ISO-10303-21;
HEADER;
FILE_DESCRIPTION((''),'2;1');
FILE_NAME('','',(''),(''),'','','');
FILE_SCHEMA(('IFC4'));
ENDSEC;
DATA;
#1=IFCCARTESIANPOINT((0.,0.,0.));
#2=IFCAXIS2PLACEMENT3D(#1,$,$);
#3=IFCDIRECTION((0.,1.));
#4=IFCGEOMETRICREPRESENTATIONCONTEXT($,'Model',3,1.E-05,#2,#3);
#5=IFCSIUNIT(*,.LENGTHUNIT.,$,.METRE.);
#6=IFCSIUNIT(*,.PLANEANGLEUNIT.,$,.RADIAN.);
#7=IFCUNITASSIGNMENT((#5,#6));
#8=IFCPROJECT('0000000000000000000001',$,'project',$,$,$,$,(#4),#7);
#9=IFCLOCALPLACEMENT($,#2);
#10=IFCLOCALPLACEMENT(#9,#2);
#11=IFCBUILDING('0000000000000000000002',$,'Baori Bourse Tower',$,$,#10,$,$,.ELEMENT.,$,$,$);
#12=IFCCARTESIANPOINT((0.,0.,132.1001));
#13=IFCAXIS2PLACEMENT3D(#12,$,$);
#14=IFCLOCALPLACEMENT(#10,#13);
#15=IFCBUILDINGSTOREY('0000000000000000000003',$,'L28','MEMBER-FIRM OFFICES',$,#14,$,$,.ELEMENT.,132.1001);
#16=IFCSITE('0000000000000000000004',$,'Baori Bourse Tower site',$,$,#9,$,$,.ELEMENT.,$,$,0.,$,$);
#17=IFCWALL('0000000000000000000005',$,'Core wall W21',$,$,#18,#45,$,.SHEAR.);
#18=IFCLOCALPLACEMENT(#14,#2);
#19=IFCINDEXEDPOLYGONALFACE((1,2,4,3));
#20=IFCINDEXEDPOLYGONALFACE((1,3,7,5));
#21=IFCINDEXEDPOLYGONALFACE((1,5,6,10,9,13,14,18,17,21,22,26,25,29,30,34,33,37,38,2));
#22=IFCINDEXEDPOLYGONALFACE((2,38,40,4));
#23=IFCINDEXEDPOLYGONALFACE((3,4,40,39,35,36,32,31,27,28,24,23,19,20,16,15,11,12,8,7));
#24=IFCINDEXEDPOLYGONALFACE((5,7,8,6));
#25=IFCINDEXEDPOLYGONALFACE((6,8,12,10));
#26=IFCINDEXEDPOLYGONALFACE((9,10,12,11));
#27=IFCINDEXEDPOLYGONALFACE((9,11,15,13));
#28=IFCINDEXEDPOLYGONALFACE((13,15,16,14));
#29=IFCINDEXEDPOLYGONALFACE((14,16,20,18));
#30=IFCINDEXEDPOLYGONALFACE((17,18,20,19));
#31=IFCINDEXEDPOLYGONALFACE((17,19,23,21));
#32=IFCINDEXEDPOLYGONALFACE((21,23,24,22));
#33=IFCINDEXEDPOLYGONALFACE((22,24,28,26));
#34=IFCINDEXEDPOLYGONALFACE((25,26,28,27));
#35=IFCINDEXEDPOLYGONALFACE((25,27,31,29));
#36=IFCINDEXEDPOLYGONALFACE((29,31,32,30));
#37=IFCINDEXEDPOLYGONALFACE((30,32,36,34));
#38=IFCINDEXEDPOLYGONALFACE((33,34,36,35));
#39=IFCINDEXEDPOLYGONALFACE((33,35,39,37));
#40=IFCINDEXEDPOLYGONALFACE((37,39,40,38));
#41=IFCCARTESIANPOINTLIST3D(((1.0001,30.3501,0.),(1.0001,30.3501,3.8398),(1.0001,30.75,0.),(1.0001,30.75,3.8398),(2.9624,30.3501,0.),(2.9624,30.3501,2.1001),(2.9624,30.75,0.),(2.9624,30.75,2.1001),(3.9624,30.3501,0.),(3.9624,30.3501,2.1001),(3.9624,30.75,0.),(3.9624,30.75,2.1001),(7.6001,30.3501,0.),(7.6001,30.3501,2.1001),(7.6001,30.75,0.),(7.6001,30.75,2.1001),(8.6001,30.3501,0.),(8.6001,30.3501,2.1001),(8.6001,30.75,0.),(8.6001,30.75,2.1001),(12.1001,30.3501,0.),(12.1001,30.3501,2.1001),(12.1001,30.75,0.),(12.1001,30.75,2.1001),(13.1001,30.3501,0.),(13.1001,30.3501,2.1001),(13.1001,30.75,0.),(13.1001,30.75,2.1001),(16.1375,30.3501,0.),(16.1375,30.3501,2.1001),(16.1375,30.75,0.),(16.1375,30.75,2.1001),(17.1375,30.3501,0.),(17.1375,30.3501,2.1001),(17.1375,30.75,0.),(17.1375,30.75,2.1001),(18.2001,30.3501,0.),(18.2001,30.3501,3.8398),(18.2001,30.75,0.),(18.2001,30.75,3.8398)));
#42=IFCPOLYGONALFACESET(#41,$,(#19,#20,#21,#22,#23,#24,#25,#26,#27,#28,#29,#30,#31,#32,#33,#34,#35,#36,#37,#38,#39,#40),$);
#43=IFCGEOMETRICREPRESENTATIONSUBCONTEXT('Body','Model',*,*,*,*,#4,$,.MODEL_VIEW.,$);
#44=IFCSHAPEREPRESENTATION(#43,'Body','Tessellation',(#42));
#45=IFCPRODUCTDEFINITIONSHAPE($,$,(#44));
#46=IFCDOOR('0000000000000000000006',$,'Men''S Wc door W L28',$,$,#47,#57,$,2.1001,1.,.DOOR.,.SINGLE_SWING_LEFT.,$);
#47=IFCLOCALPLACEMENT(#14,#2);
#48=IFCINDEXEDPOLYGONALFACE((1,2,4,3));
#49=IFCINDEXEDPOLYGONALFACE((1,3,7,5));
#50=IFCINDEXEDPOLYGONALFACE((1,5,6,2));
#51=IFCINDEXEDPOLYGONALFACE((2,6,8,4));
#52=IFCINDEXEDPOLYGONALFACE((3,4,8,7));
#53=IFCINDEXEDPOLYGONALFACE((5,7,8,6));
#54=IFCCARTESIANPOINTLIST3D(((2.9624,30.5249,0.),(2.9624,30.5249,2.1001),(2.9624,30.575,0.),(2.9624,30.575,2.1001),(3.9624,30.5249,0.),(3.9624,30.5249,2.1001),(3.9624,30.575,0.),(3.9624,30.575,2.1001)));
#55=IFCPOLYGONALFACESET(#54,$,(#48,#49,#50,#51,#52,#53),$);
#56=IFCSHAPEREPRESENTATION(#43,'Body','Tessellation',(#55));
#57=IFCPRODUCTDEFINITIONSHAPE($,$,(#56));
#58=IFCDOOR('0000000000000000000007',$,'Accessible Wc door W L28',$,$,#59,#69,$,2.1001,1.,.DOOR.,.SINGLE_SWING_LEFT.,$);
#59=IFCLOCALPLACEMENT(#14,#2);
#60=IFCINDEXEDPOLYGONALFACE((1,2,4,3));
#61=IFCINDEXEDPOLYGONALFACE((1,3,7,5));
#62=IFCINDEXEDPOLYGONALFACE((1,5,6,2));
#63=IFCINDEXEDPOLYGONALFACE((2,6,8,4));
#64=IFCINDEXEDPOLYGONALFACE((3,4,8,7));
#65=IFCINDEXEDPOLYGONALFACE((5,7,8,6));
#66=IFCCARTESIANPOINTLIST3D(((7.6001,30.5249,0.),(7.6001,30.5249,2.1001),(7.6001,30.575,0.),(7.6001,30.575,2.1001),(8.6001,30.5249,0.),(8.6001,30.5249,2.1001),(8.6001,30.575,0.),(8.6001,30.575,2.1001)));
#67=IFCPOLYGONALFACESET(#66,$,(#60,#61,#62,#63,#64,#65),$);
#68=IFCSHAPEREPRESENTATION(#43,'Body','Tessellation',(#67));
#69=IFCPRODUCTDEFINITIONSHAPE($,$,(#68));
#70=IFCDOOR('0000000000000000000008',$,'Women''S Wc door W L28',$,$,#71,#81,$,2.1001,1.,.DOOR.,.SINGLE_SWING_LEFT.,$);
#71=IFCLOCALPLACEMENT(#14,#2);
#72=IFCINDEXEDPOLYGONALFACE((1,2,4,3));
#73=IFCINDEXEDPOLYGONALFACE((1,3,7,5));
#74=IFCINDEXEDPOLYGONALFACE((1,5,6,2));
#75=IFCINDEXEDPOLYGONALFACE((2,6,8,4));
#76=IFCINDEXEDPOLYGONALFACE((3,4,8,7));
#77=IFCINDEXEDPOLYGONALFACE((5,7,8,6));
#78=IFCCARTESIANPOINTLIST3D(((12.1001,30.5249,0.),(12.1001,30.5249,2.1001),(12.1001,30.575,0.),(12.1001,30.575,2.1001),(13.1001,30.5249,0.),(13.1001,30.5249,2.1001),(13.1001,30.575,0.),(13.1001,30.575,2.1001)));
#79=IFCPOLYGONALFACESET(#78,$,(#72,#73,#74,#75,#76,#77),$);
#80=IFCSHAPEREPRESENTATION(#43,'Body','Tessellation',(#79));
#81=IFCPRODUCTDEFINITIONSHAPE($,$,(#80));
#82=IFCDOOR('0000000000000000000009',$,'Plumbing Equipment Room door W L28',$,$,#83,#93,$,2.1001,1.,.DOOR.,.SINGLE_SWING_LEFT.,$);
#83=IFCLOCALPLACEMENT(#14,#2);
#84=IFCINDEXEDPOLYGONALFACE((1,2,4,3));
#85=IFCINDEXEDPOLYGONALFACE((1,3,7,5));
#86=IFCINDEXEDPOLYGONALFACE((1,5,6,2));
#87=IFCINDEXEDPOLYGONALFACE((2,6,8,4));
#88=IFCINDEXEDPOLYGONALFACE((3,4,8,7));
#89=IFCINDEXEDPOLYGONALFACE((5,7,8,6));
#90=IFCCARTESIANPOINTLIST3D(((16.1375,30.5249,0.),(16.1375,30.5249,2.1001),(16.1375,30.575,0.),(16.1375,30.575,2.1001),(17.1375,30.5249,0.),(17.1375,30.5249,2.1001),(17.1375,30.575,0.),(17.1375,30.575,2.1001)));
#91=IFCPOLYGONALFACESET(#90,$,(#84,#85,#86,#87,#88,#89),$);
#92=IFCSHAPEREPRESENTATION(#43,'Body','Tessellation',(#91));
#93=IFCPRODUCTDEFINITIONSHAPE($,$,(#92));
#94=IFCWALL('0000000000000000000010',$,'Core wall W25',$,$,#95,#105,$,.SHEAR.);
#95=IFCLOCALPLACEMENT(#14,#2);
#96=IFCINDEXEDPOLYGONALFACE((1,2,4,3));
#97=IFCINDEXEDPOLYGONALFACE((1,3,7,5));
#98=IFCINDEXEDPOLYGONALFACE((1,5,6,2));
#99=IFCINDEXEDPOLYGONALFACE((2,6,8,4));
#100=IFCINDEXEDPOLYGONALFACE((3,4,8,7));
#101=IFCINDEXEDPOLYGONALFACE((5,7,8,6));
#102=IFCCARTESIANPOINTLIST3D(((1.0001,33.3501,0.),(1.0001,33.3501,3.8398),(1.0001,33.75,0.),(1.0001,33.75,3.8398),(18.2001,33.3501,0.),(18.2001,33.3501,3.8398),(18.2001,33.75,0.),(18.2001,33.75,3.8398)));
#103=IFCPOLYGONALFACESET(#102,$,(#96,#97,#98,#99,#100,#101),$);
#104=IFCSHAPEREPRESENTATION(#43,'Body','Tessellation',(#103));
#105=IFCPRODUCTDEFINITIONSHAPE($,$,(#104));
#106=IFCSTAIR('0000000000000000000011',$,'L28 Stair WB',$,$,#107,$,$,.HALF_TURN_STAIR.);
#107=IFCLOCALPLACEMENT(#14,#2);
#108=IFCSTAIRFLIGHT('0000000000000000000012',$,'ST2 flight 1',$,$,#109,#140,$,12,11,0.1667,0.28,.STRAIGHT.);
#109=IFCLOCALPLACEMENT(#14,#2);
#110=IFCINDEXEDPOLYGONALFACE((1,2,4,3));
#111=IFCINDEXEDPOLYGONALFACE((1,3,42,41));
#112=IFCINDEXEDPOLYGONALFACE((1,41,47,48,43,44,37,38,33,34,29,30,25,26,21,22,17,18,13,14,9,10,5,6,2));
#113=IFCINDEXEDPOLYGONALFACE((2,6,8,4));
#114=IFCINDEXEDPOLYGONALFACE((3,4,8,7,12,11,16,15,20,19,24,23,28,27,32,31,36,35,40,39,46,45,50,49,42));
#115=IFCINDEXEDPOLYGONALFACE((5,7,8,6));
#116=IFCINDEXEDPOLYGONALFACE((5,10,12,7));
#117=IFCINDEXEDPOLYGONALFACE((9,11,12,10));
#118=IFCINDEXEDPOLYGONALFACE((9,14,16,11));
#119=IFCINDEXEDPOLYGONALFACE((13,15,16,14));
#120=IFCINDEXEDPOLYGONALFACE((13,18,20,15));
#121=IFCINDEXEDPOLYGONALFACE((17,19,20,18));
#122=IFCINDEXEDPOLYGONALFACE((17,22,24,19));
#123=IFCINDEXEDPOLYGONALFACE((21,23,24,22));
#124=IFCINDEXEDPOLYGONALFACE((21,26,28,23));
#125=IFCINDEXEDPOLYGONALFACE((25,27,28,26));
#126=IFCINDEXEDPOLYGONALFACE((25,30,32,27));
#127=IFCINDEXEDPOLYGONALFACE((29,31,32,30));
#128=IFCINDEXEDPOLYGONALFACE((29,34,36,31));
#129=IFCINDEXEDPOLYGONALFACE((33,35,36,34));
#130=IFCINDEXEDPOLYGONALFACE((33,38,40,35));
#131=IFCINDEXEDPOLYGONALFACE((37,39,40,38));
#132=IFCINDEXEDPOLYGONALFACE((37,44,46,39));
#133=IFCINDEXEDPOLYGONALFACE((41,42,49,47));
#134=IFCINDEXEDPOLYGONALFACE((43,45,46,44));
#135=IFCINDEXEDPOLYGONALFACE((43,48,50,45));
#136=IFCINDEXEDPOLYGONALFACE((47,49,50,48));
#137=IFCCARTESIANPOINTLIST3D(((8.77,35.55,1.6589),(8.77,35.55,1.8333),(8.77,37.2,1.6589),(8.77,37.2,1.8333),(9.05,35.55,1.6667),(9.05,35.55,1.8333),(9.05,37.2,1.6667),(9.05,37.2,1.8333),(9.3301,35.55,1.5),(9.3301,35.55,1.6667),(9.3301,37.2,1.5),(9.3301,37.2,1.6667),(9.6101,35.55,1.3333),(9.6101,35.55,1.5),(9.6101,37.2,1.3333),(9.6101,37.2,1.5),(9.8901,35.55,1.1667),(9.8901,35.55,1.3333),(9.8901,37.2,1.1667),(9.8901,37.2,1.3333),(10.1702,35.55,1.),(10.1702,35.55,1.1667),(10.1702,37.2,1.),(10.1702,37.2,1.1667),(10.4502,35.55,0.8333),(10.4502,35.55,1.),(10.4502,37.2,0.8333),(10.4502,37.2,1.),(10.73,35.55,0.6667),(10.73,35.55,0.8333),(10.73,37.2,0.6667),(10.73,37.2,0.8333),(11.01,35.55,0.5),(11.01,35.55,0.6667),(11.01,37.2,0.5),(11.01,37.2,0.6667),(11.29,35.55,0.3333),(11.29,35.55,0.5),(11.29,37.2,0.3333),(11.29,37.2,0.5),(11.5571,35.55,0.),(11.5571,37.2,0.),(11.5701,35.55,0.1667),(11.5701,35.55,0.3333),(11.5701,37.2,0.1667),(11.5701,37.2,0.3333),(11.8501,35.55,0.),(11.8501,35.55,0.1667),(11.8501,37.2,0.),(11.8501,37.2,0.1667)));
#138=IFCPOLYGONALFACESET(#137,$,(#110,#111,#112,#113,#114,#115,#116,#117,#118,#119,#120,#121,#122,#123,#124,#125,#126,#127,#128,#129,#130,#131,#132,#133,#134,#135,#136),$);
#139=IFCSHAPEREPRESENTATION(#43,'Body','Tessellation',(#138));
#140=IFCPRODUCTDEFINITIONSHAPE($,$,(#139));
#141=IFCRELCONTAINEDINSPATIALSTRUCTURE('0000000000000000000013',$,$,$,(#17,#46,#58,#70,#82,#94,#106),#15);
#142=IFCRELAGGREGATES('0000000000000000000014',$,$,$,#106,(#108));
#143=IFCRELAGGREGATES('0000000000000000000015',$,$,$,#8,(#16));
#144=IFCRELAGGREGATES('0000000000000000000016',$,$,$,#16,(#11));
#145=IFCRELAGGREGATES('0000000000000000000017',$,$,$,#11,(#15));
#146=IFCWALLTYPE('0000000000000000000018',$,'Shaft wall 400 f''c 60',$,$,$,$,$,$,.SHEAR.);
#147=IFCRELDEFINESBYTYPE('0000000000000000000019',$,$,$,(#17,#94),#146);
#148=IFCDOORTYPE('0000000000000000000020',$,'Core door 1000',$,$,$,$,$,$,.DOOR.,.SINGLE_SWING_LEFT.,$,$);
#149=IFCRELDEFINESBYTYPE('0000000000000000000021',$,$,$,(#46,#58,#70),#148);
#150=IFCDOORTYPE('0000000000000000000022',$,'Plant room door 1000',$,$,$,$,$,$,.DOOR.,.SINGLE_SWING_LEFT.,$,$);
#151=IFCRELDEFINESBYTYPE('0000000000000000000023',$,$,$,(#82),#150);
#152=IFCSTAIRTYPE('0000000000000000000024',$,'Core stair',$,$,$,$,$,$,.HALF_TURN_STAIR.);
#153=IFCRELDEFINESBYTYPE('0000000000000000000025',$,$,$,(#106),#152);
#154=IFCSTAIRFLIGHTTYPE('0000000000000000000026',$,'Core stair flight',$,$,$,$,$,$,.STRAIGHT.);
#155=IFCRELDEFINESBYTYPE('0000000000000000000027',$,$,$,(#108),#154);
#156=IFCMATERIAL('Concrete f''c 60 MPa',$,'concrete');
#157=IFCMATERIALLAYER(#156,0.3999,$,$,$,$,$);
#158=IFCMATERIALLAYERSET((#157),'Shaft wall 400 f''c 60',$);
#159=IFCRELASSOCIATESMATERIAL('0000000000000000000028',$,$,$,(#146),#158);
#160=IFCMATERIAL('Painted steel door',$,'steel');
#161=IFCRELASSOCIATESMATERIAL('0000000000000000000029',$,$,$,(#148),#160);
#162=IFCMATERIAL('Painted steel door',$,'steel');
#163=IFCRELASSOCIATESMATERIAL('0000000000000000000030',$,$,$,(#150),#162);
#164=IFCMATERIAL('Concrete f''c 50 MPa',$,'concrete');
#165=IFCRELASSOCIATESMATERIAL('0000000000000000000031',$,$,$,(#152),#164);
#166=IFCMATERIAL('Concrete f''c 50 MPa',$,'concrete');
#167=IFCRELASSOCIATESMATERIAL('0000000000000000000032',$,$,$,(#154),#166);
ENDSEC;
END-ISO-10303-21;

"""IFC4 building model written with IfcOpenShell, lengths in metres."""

from ifc_helpers import new_model, si_unit, direction, frame, frame_2d, origin, place, context, subcontext, project, spatial, polyline, rectangle, outline, extrude, material, layer, layer_set, type_object, element, fill, aggregate, save


model = new_model("IFC4")

# Units and contexts
model_context = context("Model", 3, precision=1e-05, world=origin(), true_north=direction((0.0, 1.0)))
body_context = subcontext(model_context, "Body", "Model", "MODEL_VIEW")
ifc_project = project(units=[si_unit("LENGTHUNIT", "METRE"), si_unit("PLANEANGLEUNIT", "RADIAN")], contexts=[model_context])

# Site, building, storey
site_placement = place(None, origin())
site = spatial("IfcSite", under=ifc_project, at=site_placement, Name="Baori Bourse Tower site", CompositionType="ELEMENT", RefElevation=0.0)
building_placement = place(site_placement, origin())
building = spatial("IfcBuilding", under=site, at=building_placement, Name="Baori Bourse Tower", CompositionType="ELEMENT")
storey_placement = place(building_placement, frame((0.0, 0.0, 132.1001)))
storey = spatial("IfcBuildingStorey", under=building, at=storey_placement, Name="L28", Description="MEMBER-FIRM OFFICES", CompositionType="ELEMENT", Elevation=132.1001)

# Wall, openings, doors
ifc_material_1 = material(Name="Concrete f'c 60 MPa", Category="concrete")
ifc_layer_1 = layer(ifc_material_1, 0.3999)
ifc_layer_set_1 = layer_set([ifc_layer_1], Name="Shaft wall 400 f'c 60")
wall_type_1 = type_object("IfcWallType", Name="Shaft wall 400 f'c 60", PredefinedType="SHEAR", material=ifc_layer_set_1)
wall_1_placement = place(storey_placement, frame((1.0, 30.55, 0.0), z_axis=(0.0, 0.0, 1.0), x_axis=(1.0, 0.0, 0.0)))
wall_1 = element("IfcWall", 1, at=wall_1_placement, inside=storey, type_object=wall_type_1, Name="Core wall W21", PredefinedType="SHEAR", context=body_context, shape_type="SweptSolid", body=[
    extrude(rectangle(XDim=17.2, YDim=0.3999, at=frame_2d((8.6001, 0.0))), origin(), (0.0, 0.0, 1.0), 3.8398),
])
opening_1_placement = place(wall_1_placement, frame((1.9624, 0.0, 0.0)))
opening_1 = element("IfcOpeningElement", 2, at=opening_1_placement, cuts=wall_1, PredefinedType="OPENING", context=body_context, shape_type="SweptSolid", body=[
    extrude(rectangle(XDim=1.0, YDim=2.1001, at=frame_2d((0.5, 1.05))), frame((0.0, 0.21, 0.0), z_axis=(0.0, -1.0, 0.0), x_axis=(1.0, 0.0, 0.0)), (0.0, 0.0, 1.0), 0.4199),
])
opening_2_placement = place(wall_1_placement, frame((6.6001, 0.0, 0.0)))
opening_2 = element("IfcOpeningElement", 3, at=opening_2_placement, cuts=wall_1, PredefinedType="OPENING", context=body_context, shape_type="SweptSolid", body=[
    extrude(rectangle(XDim=1.0, YDim=2.1001, at=frame_2d((0.5, 1.05))), frame((0.0, 0.21, 0.0), z_axis=(0.0, -1.0, 0.0), x_axis=(1.0, 0.0, 0.0)), (0.0, 0.0, 1.0), 0.4199),
])
opening_3_placement = place(wall_1_placement, frame((11.1001, 0.0, 0.0)))
opening_3 = element("IfcOpeningElement", 4, at=opening_3_placement, cuts=wall_1, PredefinedType="OPENING", context=body_context, shape_type="SweptSolid", body=[
    extrude(rectangle(XDim=1.0, YDim=2.1001, at=frame_2d((0.5, 1.05))), frame((0.0, 0.21, 0.0), z_axis=(0.0, -1.0, 0.0), x_axis=(1.0, 0.0, 0.0)), (0.0, 0.0, 1.0), 0.4199),
])
opening_4_placement = place(wall_1_placement, frame((15.1375, 0.0, 0.0)))
opening_4 = element("IfcOpeningElement", 5, at=opening_4_placement, cuts=wall_1, PredefinedType="OPENING", context=body_context, shape_type="SweptSolid", body=[
    extrude(rectangle(XDim=1.0, YDim=2.1001, at=frame_2d((0.5, 1.05))), frame((0.0, 0.21, 0.0), z_axis=(0.0, -1.0, 0.0), x_axis=(1.0, 0.0, 0.0)), (0.0, 0.0, 1.0), 0.4199),
])
ifc_material_2 = material(Name="Painted steel door", Category="steel")
door_type_1 = type_object("IfcDoorType", Name="Core door 1000", OperationType="SINGLE_SWING_LEFT", PredefinedType="DOOR", material=ifc_material_2)
door_1_placement = place(opening_1_placement, origin())
door_1 = element("IfcDoor", 6, at=door_1_placement, inside=storey, type_object=door_type_1, Name="Men'S Wc door W L28", OperationType="SINGLE_SWING_LEFT", OverallHeight=2.1001, OverallWidth=1.0, PredefinedType="DOOR", context=body_context, shape_type="SweptSolid", body=[
    extrude(rectangle(XDim=1.0, YDim=2.1001, at=frame_2d((0.5, 1.05))), frame((0.0, 0.0249, 0.0), z_axis=(0.0, -1.0, 0.0), x_axis=(1.0, 0.0, 0.0)), (0.0, 0.0, 1.0), 0.05),
])
fill(opening_1, door_1)
door_2_placement = place(opening_2_placement, origin())
door_2 = element("IfcDoor", 7, at=door_2_placement, inside=storey, type_object=door_type_1, Name="Accessible Wc door W L28", OperationType="SINGLE_SWING_LEFT", OverallHeight=2.1001, OverallWidth=1.0, PredefinedType="DOOR", context=body_context, shape_type="SweptSolid", body=[
    extrude(rectangle(XDim=1.0, YDim=2.1001, at=frame_2d((0.5, 1.05))), frame((0.0, 0.0249, 0.0), z_axis=(0.0, -1.0, 0.0), x_axis=(1.0, 0.0, 0.0)), (0.0, 0.0, 1.0), 0.05),
])
fill(opening_2, door_2)
door_3_placement = place(opening_3_placement, origin())
door_3 = element("IfcDoor", 8, at=door_3_placement, inside=storey, type_object=door_type_1, Name="Women'S Wc door W L28", OperationType="SINGLE_SWING_LEFT", OverallHeight=2.1001, OverallWidth=1.0, PredefinedType="DOOR", context=body_context, shape_type="SweptSolid", body=[
    extrude(rectangle(XDim=1.0, YDim=2.1001, at=frame_2d((0.5, 1.05))), frame((0.0, 0.0249, 0.0), z_axis=(0.0, -1.0, 0.0), x_axis=(1.0, 0.0, 0.0)), (0.0, 0.0, 1.0), 0.05),
])
fill(opening_3, door_3)
ifc_material_3 = material(Name="Painted steel door", Category="steel")
door_type_2 = type_object("IfcDoorType", Name="Plant room door 1000", OperationType="SINGLE_SWING_LEFT", PredefinedType="DOOR", material=ifc_material_3)
door_4_placement = place(opening_4_placement, origin())
door_4 = element("IfcDoor", 9, at=door_4_placement, inside=storey, type_object=door_type_2, Name="Plumbing Equipment Room door W L28", OperationType="SINGLE_SWING_LEFT", OverallHeight=2.1001, OverallWidth=1.0, PredefinedType="DOOR", context=body_context, shape_type="SweptSolid", body=[
    extrude(rectangle(XDim=1.0, YDim=2.1001, at=frame_2d((0.5, 1.05))), frame((0.0, 0.0249, 0.0), z_axis=(0.0, -1.0, 0.0), x_axis=(1.0, 0.0, 0.0)), (0.0, 0.0, 1.0), 0.05),
])
fill(opening_4, door_4)

# Wall
wall_2_placement = place(storey_placement, frame((1.0, 33.55, 0.0), z_axis=(0.0, 0.0, 1.0), x_axis=(1.0, 0.0, 0.0)))
element("IfcWall", 10, at=wall_2_placement, inside=storey, type_object=wall_type_1, Name="Core wall W25", PredefinedType="SHEAR", context=body_context, shape_type="SweptSolid", body=[
    extrude(rectangle(XDim=17.2, YDim=0.3999, at=frame_2d((8.6001, 0.0))), origin(), (0.0, 0.0, 1.0), 3.8398),
])

# Stair, stair flight
ifc_material_4 = material(Name="Concrete f'c 50 MPa", Category="concrete")
stair_type = type_object("IfcStairType", Name="Core stair", PredefinedType="HALF_TURN_STAIR", material=ifc_material_4)
stair_placement = place(storey_placement, origin())
stair = element("IfcStair", 11, at=stair_placement, inside=storey, type_object=stair_type, Name="L28 Stair WB", PredefinedType="HALF_TURN_STAIR")
ifc_material_5 = material(Name="Concrete f'c 50 MPa", Category="concrete")
stair_flight_type = type_object("IfcStairFlightType", Name="Core stair flight", PredefinedType="STRAIGHT", material=ifc_material_5)
stair_flight_1_placement = place(storey_placement, frame((11.8501, 36.375, 0.0), z_axis=(0.0, 0.0, 1.0), x_axis=(-1.0, 0.0, 0.0)))
stair_flight_1 = element("IfcStairFlight", 12, at=stair_flight_1_placement, type_object=stair_flight_type, Name="ST2 flight 1", NumberOfRisers=12, NumberOfTreads=11, PredefinedType="STRAIGHT", RiserHeight=0.1667, TreadLength=0.28, context=body_context, shape_type="SweptSolid", body=[
    extrude(outline(polyline([(0.0, 0.0), (0.0, 0.1667), (0.28, 0.1667), (0.28, 0.3333), (0.5601, 0.3333), (0.5601, 0.5), (0.8401, 0.5), (0.8401, 0.6667), (1.1201, 0.6667), (1.1201, 0.8333), (1.3999, 0.8333), (1.3999, 1.0), (1.6799, 1.0), (1.6799, 1.1667), (1.96, 1.1667), (1.96, 1.3333), (2.24, 1.3333), (2.24, 1.5), (2.52, 1.5), (2.52, 1.6667), (2.8, 1.6667), (2.8, 1.8333), (3.0801, 1.8333), (3.0801, 2.0), (3.0801, 1.6589), (0.293, 0.0), (0.0, 0.0)])), frame((0.0, 0.825, 0.0), z_axis=(0.0, -1.0, 0.0), x_axis=(1.0, 0.0, 0.0)), (0.0, 0.0, 1.0), 1.6499),
])
aggregate(stair, [stair_flight_1])

save(model, "model.ifc")
